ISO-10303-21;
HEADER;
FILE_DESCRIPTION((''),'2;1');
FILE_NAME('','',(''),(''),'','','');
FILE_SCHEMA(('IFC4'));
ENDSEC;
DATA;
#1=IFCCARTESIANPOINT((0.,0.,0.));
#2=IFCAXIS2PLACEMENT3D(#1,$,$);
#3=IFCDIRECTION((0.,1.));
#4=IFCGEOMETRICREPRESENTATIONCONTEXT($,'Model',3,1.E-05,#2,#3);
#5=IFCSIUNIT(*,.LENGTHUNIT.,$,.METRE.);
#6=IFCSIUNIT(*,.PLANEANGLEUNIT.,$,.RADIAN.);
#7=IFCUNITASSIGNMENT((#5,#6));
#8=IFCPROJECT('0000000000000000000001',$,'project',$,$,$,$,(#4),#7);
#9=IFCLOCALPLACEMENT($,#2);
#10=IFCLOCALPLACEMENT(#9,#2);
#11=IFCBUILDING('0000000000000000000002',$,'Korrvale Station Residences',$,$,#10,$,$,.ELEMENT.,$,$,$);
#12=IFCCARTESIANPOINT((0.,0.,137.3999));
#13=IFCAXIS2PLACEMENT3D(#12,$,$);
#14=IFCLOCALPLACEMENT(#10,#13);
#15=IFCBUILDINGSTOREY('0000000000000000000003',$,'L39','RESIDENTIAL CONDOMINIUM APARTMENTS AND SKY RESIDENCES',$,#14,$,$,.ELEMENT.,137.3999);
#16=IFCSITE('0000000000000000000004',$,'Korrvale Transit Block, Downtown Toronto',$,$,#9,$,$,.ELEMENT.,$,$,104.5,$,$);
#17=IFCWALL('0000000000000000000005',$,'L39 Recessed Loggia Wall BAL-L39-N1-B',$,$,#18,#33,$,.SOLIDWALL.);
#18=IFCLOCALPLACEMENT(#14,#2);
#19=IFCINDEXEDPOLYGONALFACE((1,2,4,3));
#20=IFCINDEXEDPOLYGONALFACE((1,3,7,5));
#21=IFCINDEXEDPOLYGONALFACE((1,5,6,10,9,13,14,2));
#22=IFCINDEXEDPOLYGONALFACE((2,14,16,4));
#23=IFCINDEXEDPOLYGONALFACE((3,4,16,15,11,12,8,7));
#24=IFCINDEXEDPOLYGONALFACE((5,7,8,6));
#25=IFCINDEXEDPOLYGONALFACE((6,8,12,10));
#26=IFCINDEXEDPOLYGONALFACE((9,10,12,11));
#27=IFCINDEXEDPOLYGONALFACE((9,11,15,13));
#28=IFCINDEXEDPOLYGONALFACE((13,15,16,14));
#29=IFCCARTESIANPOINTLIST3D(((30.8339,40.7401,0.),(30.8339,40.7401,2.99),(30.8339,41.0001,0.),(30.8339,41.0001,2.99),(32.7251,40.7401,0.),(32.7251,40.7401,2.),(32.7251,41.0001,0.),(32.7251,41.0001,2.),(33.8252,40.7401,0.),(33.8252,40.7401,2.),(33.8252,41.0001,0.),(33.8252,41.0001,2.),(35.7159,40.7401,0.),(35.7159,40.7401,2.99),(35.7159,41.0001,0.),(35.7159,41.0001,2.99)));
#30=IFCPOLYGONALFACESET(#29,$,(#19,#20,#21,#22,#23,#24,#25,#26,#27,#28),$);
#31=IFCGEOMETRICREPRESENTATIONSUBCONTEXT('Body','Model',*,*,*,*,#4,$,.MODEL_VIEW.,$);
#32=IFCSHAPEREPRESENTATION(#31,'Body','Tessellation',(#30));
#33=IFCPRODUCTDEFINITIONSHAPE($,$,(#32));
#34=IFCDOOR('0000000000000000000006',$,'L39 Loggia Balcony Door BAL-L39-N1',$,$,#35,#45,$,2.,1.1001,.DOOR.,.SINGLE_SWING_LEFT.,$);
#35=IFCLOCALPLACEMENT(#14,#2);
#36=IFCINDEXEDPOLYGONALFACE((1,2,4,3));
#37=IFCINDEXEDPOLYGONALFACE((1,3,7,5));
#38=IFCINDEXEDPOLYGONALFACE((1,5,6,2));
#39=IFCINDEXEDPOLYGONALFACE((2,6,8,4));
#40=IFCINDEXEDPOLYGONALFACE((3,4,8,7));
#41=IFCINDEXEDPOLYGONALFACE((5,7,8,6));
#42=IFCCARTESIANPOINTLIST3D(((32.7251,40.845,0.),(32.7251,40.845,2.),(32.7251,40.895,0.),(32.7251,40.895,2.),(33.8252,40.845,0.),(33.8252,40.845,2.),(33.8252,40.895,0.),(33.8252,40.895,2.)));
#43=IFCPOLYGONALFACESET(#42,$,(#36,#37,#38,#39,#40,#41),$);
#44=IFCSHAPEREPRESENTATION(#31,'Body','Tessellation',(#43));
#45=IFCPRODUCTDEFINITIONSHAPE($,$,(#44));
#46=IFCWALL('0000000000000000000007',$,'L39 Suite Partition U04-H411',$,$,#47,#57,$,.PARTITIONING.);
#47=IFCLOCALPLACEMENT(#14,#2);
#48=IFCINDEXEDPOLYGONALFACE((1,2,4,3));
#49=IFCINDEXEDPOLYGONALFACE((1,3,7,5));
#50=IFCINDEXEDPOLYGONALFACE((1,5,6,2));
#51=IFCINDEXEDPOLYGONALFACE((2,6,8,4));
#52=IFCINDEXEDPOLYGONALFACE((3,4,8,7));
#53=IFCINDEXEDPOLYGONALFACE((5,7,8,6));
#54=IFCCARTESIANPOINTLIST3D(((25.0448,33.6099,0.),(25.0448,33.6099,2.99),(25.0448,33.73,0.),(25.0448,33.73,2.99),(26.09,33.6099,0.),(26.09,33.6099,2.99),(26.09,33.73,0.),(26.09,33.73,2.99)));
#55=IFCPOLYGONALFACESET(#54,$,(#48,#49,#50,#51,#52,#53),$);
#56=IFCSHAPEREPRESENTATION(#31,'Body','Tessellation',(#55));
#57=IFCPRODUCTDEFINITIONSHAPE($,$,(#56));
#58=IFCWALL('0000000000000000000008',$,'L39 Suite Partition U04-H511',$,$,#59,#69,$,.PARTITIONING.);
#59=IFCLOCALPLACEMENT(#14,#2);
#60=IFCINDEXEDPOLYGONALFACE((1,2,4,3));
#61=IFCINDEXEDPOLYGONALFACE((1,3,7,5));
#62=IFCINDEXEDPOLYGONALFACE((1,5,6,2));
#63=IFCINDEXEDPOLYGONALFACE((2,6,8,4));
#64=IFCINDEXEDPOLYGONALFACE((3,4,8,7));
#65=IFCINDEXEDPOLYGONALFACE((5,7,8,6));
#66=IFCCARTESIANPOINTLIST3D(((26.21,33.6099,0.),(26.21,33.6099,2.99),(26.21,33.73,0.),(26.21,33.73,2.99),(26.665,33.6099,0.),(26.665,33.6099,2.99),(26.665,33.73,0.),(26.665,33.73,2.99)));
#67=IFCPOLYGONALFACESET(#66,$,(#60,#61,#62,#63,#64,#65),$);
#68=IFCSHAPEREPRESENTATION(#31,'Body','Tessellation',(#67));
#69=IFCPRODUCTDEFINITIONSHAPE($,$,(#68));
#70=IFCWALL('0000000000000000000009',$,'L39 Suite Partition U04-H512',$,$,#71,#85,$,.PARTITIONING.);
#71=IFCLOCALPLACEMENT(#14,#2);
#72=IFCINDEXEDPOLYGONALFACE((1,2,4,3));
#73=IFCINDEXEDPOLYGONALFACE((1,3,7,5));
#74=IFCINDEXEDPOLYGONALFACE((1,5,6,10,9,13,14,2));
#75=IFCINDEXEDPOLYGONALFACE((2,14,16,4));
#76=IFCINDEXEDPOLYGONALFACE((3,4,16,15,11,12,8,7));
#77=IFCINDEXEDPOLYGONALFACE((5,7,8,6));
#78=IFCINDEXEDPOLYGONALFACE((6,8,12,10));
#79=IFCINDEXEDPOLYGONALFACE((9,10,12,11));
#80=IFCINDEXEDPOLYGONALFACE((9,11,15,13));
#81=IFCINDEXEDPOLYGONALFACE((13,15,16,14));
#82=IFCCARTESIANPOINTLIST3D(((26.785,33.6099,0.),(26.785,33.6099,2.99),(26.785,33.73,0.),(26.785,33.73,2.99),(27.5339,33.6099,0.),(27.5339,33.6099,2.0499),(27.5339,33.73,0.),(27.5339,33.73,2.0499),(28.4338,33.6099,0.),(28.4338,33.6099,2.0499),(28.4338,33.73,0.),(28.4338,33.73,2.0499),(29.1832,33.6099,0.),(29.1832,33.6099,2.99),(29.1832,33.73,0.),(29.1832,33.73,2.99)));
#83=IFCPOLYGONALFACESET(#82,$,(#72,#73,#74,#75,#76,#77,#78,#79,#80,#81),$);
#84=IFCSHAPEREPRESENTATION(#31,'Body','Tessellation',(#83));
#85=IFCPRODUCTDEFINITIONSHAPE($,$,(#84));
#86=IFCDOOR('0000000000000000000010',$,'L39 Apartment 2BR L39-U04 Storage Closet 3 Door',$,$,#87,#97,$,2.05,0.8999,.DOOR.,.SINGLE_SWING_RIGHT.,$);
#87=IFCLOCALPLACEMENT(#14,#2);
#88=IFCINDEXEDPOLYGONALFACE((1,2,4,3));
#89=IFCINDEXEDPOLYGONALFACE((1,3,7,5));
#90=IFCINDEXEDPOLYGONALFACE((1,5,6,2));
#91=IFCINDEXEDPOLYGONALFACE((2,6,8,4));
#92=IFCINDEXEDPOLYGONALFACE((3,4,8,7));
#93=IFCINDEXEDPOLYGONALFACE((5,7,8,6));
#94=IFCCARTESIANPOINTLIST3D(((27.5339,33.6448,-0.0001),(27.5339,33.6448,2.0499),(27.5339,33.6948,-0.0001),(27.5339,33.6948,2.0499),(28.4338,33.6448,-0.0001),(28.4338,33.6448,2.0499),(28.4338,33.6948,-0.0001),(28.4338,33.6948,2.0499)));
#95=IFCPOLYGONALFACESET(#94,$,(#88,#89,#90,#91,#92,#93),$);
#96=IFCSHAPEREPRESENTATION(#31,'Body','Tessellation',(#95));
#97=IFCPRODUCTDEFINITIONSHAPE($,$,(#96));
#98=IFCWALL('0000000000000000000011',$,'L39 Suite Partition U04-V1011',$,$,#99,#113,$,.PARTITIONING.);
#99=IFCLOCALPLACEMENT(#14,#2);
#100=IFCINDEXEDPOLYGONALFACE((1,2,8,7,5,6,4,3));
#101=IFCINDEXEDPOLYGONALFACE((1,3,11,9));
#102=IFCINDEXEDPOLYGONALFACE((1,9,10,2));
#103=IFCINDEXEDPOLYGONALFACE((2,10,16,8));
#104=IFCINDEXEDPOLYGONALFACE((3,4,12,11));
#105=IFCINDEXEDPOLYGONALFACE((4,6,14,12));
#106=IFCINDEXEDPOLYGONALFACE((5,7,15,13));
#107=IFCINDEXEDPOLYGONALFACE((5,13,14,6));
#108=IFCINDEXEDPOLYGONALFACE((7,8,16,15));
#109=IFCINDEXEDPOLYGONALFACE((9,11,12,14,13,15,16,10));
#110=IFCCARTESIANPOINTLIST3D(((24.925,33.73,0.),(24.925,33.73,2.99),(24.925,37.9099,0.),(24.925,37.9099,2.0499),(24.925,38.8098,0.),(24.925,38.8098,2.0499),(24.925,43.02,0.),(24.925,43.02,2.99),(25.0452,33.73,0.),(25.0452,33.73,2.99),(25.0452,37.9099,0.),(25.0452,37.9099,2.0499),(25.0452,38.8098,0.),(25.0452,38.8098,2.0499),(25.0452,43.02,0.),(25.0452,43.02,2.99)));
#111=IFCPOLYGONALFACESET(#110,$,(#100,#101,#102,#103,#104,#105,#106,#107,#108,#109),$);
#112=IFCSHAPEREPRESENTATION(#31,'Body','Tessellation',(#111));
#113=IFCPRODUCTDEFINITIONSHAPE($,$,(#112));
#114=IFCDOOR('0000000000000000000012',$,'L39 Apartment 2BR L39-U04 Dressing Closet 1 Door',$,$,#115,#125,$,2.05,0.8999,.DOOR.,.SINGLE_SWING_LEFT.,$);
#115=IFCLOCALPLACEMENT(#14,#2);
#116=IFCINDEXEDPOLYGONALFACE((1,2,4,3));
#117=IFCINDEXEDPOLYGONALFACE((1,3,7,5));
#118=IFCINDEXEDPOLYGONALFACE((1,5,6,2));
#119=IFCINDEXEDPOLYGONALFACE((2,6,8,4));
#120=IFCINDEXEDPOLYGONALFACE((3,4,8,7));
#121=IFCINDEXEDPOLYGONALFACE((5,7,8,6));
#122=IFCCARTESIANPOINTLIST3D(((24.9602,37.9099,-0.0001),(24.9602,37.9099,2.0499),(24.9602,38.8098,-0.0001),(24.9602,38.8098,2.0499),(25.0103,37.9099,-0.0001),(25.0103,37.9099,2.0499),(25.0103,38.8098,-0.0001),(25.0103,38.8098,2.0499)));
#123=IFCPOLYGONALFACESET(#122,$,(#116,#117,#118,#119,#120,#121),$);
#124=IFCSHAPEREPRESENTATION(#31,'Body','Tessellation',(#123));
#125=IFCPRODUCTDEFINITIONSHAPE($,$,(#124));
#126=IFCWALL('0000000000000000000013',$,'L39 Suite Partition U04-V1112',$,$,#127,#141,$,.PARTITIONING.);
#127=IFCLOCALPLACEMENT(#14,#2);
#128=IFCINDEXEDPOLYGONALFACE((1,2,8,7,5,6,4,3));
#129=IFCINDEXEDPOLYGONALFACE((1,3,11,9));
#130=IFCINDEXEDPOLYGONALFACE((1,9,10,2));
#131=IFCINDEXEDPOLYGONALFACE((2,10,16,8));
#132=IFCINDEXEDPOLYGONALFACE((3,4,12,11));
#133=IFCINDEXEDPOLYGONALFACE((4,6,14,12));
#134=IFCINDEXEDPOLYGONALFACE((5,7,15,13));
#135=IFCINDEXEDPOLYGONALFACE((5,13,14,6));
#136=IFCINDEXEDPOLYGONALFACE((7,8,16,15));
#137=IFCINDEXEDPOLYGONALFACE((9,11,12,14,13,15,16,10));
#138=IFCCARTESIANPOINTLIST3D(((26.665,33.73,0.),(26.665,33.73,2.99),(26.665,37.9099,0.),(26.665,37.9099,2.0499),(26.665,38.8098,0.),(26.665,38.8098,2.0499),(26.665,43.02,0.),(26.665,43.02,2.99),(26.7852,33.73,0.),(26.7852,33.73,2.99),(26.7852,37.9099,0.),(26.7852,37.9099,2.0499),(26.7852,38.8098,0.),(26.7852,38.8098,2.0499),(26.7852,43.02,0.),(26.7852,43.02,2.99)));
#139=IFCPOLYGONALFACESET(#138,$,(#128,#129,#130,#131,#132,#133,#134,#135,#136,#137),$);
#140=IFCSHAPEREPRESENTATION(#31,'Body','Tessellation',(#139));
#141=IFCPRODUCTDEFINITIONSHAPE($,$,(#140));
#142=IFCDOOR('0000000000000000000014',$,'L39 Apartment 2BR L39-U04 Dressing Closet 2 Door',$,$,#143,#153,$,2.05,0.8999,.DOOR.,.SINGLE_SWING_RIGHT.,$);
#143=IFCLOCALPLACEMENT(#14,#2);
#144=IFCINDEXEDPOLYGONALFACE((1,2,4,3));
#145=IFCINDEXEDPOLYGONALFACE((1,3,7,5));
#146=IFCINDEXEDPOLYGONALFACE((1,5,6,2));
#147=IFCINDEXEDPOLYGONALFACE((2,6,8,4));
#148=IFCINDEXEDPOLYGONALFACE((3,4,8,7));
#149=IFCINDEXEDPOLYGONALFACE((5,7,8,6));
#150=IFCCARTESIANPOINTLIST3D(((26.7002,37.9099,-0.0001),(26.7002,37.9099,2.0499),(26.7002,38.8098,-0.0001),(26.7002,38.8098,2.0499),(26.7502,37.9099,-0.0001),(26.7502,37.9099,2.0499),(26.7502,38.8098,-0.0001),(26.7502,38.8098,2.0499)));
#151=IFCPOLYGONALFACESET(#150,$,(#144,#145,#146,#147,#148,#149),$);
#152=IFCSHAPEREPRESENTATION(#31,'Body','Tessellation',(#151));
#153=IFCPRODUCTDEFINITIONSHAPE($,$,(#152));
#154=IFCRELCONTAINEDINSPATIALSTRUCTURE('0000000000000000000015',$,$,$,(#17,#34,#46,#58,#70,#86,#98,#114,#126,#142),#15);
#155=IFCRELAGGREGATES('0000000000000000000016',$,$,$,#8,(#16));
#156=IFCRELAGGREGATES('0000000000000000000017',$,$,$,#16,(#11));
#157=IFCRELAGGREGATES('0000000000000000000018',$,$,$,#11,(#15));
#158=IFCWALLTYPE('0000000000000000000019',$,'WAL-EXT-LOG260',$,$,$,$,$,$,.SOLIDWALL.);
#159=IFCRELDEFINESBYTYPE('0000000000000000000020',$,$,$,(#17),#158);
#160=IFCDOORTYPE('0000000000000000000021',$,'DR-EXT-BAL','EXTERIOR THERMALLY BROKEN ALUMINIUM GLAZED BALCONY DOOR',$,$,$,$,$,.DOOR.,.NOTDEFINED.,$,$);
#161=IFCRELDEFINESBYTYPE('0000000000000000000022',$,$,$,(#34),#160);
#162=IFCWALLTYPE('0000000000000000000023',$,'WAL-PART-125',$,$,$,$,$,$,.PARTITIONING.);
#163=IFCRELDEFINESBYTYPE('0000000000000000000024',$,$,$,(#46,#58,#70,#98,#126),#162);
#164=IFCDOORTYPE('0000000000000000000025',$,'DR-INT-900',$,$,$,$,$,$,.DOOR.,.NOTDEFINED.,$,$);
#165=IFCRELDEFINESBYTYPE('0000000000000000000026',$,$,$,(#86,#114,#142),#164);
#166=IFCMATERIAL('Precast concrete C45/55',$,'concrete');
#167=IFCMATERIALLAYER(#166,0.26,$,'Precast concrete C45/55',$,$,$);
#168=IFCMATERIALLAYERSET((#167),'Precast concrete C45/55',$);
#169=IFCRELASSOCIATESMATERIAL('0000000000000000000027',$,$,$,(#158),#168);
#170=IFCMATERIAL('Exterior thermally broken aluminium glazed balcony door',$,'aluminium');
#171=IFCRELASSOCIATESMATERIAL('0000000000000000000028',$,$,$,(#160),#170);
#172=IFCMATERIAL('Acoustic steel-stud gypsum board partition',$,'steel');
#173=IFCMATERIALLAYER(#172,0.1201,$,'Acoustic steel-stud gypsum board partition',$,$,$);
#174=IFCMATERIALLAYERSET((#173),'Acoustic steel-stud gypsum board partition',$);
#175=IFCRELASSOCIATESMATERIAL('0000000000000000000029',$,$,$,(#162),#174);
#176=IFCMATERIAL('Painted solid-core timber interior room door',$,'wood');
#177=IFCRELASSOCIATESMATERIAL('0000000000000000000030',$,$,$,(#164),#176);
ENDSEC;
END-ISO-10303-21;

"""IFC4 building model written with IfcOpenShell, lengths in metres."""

from ifc_helpers import new_model, si_unit, direction, frame, frame_2d, origin, place, context, subcontext, project, spatial, rectangle, extrude, material, layer, layer_set, type_object, element, fill, save


model = new_model("IFC4")

# Units and contexts
model_context = context("Model", 3, precision=1e-05, world=origin(), true_north=direction((0.0, 1.0)))
body_context = subcontext(model_context, "Body", "Model", "MODEL_VIEW")
ifc_project = project(units=[si_unit("LENGTHUNIT", "METRE"), si_unit("PLANEANGLEUNIT", "RADIAN")], contexts=[model_context])

# Site, building, storey
site_placement = place(None, origin())
site = spatial("IfcSite", under=ifc_project, at=site_placement, Name="Korrvale Transit Block, Downtown Toronto", CompositionType="ELEMENT", RefElevation=104.5)
building_placement = place(site_placement, origin())
building = spatial("IfcBuilding", under=site, at=building_placement, Name="Korrvale Station Residences", CompositionType="ELEMENT")
storey_placement = place(building_placement, frame((0.0, 0.0, 137.3999)))
storey = spatial("IfcBuildingStorey", under=building, at=storey_placement, Name="L39", Description="RESIDENTIAL CONDOMINIUM APARTMENTS AND SKY RESIDENCES", CompositionType="ELEMENT", Elevation=137.3999)

# Shared definitions
ifc_material_1 = material(Name="Precast concrete C45/55", Category="concrete")
ifc_layer_1 = layer(ifc_material_1, 0.26, Name="Precast concrete C45/55")
ifc_layer_set_1 = layer_set([ifc_layer_1], Name="Precast concrete C45/55")
wall_type_1 = type_object("IfcWallType", Name="WAL-EXT-LOG260", PredefinedType="SOLIDWALL", material=ifc_layer_set_1)

# Wall, opening, door
wall_1_placement = place(storey_placement, frame((30.834, 40.8701, 0.0), z_axis=(0.0, 0.0, 1.0), x_axis=(1.0, 0.0, 0.0)))
wall_1 = element("IfcWall", 1, at=wall_1_placement, inside=storey, type_object=wall_type_1, Name="L39 Recessed Loggia Wall BAL-L39-N1-B", PredefinedType="SOLIDWALL", context=body_context, shape_type="SweptSolid", body=[
    extrude(rectangle(XDim=4.8821, YDim=0.26, at=frame_2d((2.4409, 0.0))), origin(), (0.0, 0.0, 1.0), 2.99),
])
opening_1_placement = place(wall_1_placement, frame((1.8911, 0.0, 0.0)))
opening_1 = element("IfcOpeningElement", 2, at=opening_1_placement, cuts=wall_1, PredefinedType="OPENING", context=body_context, shape_type="SweptSolid", body=[
    extrude(rectangle(XDim=1.1001, YDim=2.0, at=frame_2d((0.55, 1.0))), frame((0.0, 0.1401, 0.0), z_axis=(0.0, -1.0, 0.0), x_axis=(1.0, 0.0, 0.0)), (0.0, 0.0, 1.0), 0.28),
])
ifc_material_2 = material(Name="Exterior thermally broken aluminium glazed balcony door", Category="aluminium")
door_type_1 = type_object("IfcDoorType", Name="DR-EXT-BAL", Description="EXTERIOR THERMALLY BROKEN ALUMINIUM GLAZED BALCONY DOOR", OperationType="NOTDEFINED", PredefinedType="DOOR", material=ifc_material_2)
door_1_placement = place(opening_1_placement, origin())
door_1 = element("IfcDoor", 3, at=door_1_placement, inside=storey, type_object=door_type_1, Name="L39 Loggia Balcony Door BAL-L39-N1", OperationType="SINGLE_SWING_LEFT", OverallHeight=2.0, OverallWidth=1.1001, PredefinedType="DOOR", context=body_context, shape_type="SweptSolid", body=[
    extrude(rectangle(XDim=1.1001, YDim=2.0, at=frame_2d((0.55, 1.0))), frame((0.0, 0.0249, 0.0), z_axis=(0.0, -1.0, 0.0), x_axis=(1.0, 0.0, 0.0)), (0.0, 0.0, 1.0), 0.05),
])
fill(opening_1, door_1)

# Walls
ifc_material_3 = material(Name="Acoustic steel-stud gypsum board partition", Category="steel")
ifc_layer_2 = layer(ifc_material_3, 0.1201, Name="Acoustic steel-stud gypsum board partition")
ifc_layer_set_2 = layer_set([ifc_layer_2], Name="Acoustic steel-stud gypsum board partition")
wall_type_2 = type_object("IfcWallType", Name="WAL-PART-125", PredefinedType="PARTITIONING", material=ifc_layer_set_2)
wall_2_placement = place(storey_placement, frame((25.0449, 33.6699, 0.0), z_axis=(0.0, 0.0, 1.0), x_axis=(1.0, 0.0, 0.0)))
element("IfcWall", 4, at=wall_2_placement, inside=storey, type_object=wall_type_2, Name="L39 Suite Partition U04-H411", PredefinedType="PARTITIONING", context=body_context, shape_type="SweptSolid", body=[
    extrude(rectangle(XDim=1.0452, YDim=0.1201, at=frame_2d((0.5225, 0.0))), origin(), (0.0, 0.0, 1.0), 2.99),
])
wall_3_placement = place(storey_placement, frame((26.21, 33.6699, 0.0), z_axis=(0.0, 0.0, 1.0), x_axis=(1.0, 0.0, 0.0)))
element("IfcWall", 5, at=wall_3_placement, inside=storey, type_object=wall_type_2, Name="L39 Suite Partition U04-H511", PredefinedType="PARTITIONING", context=body_context, shape_type="SweptSolid", body=[
    extrude(rectangle(XDim=0.4551, YDim=0.1201, at=frame_2d((0.2275, 0.0))), origin(), (0.0, 0.0, 1.0), 2.99),
])

# Walls, openings, doors
wall_4_placement = place(storey_placement, frame((26.7849, 33.6699, 0.0), z_axis=(0.0, 0.0, 1.0), x_axis=(1.0, 0.0, 0.0)))
wall_4 = element("IfcWall", 6, at=wall_4_placement, inside=storey, type_object=wall_type_2, Name="L39 Suite Partition U04-H512", PredefinedType="PARTITIONING", context=body_context, shape_type="SweptSolid", body=[
    extrude(rectangle(XDim=2.3982, YDim=0.1201, at=frame_2d((1.1992, 0.0))), origin(), (0.0, 0.0, 1.0), 2.99),
])
opening_2_placement = place(wall_4_placement, frame((0.749, 0.0, 0.0)))
opening_2 = element("IfcOpeningElement", 7, at=opening_2_placement, cuts=wall_4, PredefinedType="OPENING", context=body_context, shape_type="SweptSolid", body=[
    extrude(rectangle(XDim=0.8999, YDim=2.05, at=frame_2d((0.45, 1.0249))), frame((0.0, 0.0701, 0.0), z_axis=(0.0, -1.0, 0.0), x_axis=(1.0, 0.0, 0.0)), (0.0, 0.0, 1.0), 0.1401),
])
ifc_material_4 = material(Name="Painted solid-core timber interior room door", Category="wood")
door_type_2 = type_object("IfcDoorType", Name="DR-INT-900", OperationType="NOTDEFINED", PredefinedType="DOOR", material=ifc_material_4)
door_2_placement = place(opening_2_placement, origin())
door_2 = element("IfcDoor", 8, at=door_2_placement, inside=storey, type_object=door_type_2, Name="L39 Apartment 2BR L39-U04 Storage Closet 3 Door", OperationType="SINGLE_SWING_RIGHT", OverallHeight=2.05, OverallWidth=0.8999, PredefinedType="DOOR", context=body_context, shape_type="SweptSolid", body=[
    extrude(rectangle(XDim=0.8999, YDim=2.05, at=frame_2d((0.45, 1.0249))), frame((0.0, 0.0249, 0.0), z_axis=(0.0, -1.0, 0.0), x_axis=(1.0, 0.0, 0.0)), (0.0, 0.0, 1.0), 0.05),
])
fill(opening_2, door_2)
wall_5_placement = place(storey_placement, frame((24.9851, 33.73, 0.0), z_axis=(0.0, 0.0, 1.0), x_axis=(0.0, 1.0, 0.0)))
wall_5 = element("IfcWall", 9, at=wall_5_placement, inside=storey, type_object=wall_type_2, Name="L39 Suite Partition U04-V1011", PredefinedType="PARTITIONING", context=body_context, shape_type="SweptSolid", body=[
    extrude(rectangle(XDim=9.29, YDim=0.1201, at=frame_2d((4.645, 0.0))), origin(), (0.0, 0.0, 1.0), 2.99),
])
opening_3_placement = place(wall_5_placement, frame((4.1799, 0.0, 0.0)))
opening_3 = element("IfcOpeningElement", 10, at=opening_3_placement, cuts=wall_5, PredefinedType="OPENING", context=body_context, shape_type="SweptSolid", body=[
    extrude(rectangle(XDim=0.8999, YDim=2.05, at=frame_2d((0.45, 1.0249))), frame((0.0, 0.0701, 0.0), z_axis=(0.0, -1.0, 0.0), x_axis=(1.0, 0.0, 0.0)), (0.0, 0.0, 1.0), 0.1401),
])
door_3_placement = place(opening_3_placement, origin())
door_3 = element("IfcDoor", 11, at=door_3_placement, inside=storey, type_object=door_type_2, Name="L39 Apartment 2BR L39-U04 Dressing Closet 1 Door", OperationType="SINGLE_SWING_LEFT", OverallHeight=2.05, OverallWidth=0.8999, PredefinedType="DOOR", context=body_context, shape_type="SweptSolid", body=[
    extrude(rectangle(XDim=0.8999, YDim=2.05, at=frame_2d((0.45, 1.0249))), frame((0.0, 0.0249, 0.0), z_axis=(0.0, -1.0, 0.0), x_axis=(1.0, 0.0, 0.0)), (0.0, 0.0, 1.0), 0.05),
])
fill(opening_3, door_3)
wall_6_placement = place(storey_placement, frame((26.7251, 33.73, 0.0), z_axis=(0.0, 0.0, 1.0), x_axis=(0.0, 1.0, 0.0)))
wall_6 = element("IfcWall", 12, at=wall_6_placement, inside=storey, type_object=wall_type_2, Name="L39 Suite Partition U04-V1112", PredefinedType="PARTITIONING", context=body_context, shape_type="SweptSolid", body=[
    extrude(rectangle(XDim=9.29, YDim=0.1201, at=frame_2d((4.645, 0.0))), origin(), (0.0, 0.0, 1.0), 2.99),
])
opening_4_placement = place(wall_6_placement, frame((4.1799, 0.0, 0.0)))
opening_4 = element("IfcOpeningElement", 13, at=opening_4_placement, cuts=wall_6, PredefinedType="OPENING", context=body_context, shape_type="SweptSolid", body=[
    extrude(rectangle(XDim=0.8999, YDim=2.05, at=frame_2d((0.45, 1.0249))), frame((0.0, 0.0701, 0.0), z_axis=(0.0, -1.0, 0.0), x_axis=(1.0, 0.0, 0.0)), (0.0, 0.0, 1.0), 0.1401),
])
door_4_placement = place(opening_4_placement, origin())
door_4 = element("IfcDoor", 14, at=door_4_placement, inside=storey, type_object=door_type_2, Name="L39 Apartment 2BR L39-U04 Dressing Closet 2 Door", OperationType="SINGLE_SWING_RIGHT", OverallHeight=2.05, OverallWidth=0.8999, PredefinedType="DOOR", context=body_context, shape_type="SweptSolid", body=[
    extrude(rectangle(XDim=0.8999, YDim=2.05, at=frame_2d((0.45, 1.0249))), frame((0.0, 0.0249, 0.0), z_axis=(0.0, -1.0, 0.0), x_axis=(1.0, 0.0, 0.0)), (0.0, 0.0, 1.0), 0.05),
])
fill(opening_4, door_4)

save(model, "model.ifc")
